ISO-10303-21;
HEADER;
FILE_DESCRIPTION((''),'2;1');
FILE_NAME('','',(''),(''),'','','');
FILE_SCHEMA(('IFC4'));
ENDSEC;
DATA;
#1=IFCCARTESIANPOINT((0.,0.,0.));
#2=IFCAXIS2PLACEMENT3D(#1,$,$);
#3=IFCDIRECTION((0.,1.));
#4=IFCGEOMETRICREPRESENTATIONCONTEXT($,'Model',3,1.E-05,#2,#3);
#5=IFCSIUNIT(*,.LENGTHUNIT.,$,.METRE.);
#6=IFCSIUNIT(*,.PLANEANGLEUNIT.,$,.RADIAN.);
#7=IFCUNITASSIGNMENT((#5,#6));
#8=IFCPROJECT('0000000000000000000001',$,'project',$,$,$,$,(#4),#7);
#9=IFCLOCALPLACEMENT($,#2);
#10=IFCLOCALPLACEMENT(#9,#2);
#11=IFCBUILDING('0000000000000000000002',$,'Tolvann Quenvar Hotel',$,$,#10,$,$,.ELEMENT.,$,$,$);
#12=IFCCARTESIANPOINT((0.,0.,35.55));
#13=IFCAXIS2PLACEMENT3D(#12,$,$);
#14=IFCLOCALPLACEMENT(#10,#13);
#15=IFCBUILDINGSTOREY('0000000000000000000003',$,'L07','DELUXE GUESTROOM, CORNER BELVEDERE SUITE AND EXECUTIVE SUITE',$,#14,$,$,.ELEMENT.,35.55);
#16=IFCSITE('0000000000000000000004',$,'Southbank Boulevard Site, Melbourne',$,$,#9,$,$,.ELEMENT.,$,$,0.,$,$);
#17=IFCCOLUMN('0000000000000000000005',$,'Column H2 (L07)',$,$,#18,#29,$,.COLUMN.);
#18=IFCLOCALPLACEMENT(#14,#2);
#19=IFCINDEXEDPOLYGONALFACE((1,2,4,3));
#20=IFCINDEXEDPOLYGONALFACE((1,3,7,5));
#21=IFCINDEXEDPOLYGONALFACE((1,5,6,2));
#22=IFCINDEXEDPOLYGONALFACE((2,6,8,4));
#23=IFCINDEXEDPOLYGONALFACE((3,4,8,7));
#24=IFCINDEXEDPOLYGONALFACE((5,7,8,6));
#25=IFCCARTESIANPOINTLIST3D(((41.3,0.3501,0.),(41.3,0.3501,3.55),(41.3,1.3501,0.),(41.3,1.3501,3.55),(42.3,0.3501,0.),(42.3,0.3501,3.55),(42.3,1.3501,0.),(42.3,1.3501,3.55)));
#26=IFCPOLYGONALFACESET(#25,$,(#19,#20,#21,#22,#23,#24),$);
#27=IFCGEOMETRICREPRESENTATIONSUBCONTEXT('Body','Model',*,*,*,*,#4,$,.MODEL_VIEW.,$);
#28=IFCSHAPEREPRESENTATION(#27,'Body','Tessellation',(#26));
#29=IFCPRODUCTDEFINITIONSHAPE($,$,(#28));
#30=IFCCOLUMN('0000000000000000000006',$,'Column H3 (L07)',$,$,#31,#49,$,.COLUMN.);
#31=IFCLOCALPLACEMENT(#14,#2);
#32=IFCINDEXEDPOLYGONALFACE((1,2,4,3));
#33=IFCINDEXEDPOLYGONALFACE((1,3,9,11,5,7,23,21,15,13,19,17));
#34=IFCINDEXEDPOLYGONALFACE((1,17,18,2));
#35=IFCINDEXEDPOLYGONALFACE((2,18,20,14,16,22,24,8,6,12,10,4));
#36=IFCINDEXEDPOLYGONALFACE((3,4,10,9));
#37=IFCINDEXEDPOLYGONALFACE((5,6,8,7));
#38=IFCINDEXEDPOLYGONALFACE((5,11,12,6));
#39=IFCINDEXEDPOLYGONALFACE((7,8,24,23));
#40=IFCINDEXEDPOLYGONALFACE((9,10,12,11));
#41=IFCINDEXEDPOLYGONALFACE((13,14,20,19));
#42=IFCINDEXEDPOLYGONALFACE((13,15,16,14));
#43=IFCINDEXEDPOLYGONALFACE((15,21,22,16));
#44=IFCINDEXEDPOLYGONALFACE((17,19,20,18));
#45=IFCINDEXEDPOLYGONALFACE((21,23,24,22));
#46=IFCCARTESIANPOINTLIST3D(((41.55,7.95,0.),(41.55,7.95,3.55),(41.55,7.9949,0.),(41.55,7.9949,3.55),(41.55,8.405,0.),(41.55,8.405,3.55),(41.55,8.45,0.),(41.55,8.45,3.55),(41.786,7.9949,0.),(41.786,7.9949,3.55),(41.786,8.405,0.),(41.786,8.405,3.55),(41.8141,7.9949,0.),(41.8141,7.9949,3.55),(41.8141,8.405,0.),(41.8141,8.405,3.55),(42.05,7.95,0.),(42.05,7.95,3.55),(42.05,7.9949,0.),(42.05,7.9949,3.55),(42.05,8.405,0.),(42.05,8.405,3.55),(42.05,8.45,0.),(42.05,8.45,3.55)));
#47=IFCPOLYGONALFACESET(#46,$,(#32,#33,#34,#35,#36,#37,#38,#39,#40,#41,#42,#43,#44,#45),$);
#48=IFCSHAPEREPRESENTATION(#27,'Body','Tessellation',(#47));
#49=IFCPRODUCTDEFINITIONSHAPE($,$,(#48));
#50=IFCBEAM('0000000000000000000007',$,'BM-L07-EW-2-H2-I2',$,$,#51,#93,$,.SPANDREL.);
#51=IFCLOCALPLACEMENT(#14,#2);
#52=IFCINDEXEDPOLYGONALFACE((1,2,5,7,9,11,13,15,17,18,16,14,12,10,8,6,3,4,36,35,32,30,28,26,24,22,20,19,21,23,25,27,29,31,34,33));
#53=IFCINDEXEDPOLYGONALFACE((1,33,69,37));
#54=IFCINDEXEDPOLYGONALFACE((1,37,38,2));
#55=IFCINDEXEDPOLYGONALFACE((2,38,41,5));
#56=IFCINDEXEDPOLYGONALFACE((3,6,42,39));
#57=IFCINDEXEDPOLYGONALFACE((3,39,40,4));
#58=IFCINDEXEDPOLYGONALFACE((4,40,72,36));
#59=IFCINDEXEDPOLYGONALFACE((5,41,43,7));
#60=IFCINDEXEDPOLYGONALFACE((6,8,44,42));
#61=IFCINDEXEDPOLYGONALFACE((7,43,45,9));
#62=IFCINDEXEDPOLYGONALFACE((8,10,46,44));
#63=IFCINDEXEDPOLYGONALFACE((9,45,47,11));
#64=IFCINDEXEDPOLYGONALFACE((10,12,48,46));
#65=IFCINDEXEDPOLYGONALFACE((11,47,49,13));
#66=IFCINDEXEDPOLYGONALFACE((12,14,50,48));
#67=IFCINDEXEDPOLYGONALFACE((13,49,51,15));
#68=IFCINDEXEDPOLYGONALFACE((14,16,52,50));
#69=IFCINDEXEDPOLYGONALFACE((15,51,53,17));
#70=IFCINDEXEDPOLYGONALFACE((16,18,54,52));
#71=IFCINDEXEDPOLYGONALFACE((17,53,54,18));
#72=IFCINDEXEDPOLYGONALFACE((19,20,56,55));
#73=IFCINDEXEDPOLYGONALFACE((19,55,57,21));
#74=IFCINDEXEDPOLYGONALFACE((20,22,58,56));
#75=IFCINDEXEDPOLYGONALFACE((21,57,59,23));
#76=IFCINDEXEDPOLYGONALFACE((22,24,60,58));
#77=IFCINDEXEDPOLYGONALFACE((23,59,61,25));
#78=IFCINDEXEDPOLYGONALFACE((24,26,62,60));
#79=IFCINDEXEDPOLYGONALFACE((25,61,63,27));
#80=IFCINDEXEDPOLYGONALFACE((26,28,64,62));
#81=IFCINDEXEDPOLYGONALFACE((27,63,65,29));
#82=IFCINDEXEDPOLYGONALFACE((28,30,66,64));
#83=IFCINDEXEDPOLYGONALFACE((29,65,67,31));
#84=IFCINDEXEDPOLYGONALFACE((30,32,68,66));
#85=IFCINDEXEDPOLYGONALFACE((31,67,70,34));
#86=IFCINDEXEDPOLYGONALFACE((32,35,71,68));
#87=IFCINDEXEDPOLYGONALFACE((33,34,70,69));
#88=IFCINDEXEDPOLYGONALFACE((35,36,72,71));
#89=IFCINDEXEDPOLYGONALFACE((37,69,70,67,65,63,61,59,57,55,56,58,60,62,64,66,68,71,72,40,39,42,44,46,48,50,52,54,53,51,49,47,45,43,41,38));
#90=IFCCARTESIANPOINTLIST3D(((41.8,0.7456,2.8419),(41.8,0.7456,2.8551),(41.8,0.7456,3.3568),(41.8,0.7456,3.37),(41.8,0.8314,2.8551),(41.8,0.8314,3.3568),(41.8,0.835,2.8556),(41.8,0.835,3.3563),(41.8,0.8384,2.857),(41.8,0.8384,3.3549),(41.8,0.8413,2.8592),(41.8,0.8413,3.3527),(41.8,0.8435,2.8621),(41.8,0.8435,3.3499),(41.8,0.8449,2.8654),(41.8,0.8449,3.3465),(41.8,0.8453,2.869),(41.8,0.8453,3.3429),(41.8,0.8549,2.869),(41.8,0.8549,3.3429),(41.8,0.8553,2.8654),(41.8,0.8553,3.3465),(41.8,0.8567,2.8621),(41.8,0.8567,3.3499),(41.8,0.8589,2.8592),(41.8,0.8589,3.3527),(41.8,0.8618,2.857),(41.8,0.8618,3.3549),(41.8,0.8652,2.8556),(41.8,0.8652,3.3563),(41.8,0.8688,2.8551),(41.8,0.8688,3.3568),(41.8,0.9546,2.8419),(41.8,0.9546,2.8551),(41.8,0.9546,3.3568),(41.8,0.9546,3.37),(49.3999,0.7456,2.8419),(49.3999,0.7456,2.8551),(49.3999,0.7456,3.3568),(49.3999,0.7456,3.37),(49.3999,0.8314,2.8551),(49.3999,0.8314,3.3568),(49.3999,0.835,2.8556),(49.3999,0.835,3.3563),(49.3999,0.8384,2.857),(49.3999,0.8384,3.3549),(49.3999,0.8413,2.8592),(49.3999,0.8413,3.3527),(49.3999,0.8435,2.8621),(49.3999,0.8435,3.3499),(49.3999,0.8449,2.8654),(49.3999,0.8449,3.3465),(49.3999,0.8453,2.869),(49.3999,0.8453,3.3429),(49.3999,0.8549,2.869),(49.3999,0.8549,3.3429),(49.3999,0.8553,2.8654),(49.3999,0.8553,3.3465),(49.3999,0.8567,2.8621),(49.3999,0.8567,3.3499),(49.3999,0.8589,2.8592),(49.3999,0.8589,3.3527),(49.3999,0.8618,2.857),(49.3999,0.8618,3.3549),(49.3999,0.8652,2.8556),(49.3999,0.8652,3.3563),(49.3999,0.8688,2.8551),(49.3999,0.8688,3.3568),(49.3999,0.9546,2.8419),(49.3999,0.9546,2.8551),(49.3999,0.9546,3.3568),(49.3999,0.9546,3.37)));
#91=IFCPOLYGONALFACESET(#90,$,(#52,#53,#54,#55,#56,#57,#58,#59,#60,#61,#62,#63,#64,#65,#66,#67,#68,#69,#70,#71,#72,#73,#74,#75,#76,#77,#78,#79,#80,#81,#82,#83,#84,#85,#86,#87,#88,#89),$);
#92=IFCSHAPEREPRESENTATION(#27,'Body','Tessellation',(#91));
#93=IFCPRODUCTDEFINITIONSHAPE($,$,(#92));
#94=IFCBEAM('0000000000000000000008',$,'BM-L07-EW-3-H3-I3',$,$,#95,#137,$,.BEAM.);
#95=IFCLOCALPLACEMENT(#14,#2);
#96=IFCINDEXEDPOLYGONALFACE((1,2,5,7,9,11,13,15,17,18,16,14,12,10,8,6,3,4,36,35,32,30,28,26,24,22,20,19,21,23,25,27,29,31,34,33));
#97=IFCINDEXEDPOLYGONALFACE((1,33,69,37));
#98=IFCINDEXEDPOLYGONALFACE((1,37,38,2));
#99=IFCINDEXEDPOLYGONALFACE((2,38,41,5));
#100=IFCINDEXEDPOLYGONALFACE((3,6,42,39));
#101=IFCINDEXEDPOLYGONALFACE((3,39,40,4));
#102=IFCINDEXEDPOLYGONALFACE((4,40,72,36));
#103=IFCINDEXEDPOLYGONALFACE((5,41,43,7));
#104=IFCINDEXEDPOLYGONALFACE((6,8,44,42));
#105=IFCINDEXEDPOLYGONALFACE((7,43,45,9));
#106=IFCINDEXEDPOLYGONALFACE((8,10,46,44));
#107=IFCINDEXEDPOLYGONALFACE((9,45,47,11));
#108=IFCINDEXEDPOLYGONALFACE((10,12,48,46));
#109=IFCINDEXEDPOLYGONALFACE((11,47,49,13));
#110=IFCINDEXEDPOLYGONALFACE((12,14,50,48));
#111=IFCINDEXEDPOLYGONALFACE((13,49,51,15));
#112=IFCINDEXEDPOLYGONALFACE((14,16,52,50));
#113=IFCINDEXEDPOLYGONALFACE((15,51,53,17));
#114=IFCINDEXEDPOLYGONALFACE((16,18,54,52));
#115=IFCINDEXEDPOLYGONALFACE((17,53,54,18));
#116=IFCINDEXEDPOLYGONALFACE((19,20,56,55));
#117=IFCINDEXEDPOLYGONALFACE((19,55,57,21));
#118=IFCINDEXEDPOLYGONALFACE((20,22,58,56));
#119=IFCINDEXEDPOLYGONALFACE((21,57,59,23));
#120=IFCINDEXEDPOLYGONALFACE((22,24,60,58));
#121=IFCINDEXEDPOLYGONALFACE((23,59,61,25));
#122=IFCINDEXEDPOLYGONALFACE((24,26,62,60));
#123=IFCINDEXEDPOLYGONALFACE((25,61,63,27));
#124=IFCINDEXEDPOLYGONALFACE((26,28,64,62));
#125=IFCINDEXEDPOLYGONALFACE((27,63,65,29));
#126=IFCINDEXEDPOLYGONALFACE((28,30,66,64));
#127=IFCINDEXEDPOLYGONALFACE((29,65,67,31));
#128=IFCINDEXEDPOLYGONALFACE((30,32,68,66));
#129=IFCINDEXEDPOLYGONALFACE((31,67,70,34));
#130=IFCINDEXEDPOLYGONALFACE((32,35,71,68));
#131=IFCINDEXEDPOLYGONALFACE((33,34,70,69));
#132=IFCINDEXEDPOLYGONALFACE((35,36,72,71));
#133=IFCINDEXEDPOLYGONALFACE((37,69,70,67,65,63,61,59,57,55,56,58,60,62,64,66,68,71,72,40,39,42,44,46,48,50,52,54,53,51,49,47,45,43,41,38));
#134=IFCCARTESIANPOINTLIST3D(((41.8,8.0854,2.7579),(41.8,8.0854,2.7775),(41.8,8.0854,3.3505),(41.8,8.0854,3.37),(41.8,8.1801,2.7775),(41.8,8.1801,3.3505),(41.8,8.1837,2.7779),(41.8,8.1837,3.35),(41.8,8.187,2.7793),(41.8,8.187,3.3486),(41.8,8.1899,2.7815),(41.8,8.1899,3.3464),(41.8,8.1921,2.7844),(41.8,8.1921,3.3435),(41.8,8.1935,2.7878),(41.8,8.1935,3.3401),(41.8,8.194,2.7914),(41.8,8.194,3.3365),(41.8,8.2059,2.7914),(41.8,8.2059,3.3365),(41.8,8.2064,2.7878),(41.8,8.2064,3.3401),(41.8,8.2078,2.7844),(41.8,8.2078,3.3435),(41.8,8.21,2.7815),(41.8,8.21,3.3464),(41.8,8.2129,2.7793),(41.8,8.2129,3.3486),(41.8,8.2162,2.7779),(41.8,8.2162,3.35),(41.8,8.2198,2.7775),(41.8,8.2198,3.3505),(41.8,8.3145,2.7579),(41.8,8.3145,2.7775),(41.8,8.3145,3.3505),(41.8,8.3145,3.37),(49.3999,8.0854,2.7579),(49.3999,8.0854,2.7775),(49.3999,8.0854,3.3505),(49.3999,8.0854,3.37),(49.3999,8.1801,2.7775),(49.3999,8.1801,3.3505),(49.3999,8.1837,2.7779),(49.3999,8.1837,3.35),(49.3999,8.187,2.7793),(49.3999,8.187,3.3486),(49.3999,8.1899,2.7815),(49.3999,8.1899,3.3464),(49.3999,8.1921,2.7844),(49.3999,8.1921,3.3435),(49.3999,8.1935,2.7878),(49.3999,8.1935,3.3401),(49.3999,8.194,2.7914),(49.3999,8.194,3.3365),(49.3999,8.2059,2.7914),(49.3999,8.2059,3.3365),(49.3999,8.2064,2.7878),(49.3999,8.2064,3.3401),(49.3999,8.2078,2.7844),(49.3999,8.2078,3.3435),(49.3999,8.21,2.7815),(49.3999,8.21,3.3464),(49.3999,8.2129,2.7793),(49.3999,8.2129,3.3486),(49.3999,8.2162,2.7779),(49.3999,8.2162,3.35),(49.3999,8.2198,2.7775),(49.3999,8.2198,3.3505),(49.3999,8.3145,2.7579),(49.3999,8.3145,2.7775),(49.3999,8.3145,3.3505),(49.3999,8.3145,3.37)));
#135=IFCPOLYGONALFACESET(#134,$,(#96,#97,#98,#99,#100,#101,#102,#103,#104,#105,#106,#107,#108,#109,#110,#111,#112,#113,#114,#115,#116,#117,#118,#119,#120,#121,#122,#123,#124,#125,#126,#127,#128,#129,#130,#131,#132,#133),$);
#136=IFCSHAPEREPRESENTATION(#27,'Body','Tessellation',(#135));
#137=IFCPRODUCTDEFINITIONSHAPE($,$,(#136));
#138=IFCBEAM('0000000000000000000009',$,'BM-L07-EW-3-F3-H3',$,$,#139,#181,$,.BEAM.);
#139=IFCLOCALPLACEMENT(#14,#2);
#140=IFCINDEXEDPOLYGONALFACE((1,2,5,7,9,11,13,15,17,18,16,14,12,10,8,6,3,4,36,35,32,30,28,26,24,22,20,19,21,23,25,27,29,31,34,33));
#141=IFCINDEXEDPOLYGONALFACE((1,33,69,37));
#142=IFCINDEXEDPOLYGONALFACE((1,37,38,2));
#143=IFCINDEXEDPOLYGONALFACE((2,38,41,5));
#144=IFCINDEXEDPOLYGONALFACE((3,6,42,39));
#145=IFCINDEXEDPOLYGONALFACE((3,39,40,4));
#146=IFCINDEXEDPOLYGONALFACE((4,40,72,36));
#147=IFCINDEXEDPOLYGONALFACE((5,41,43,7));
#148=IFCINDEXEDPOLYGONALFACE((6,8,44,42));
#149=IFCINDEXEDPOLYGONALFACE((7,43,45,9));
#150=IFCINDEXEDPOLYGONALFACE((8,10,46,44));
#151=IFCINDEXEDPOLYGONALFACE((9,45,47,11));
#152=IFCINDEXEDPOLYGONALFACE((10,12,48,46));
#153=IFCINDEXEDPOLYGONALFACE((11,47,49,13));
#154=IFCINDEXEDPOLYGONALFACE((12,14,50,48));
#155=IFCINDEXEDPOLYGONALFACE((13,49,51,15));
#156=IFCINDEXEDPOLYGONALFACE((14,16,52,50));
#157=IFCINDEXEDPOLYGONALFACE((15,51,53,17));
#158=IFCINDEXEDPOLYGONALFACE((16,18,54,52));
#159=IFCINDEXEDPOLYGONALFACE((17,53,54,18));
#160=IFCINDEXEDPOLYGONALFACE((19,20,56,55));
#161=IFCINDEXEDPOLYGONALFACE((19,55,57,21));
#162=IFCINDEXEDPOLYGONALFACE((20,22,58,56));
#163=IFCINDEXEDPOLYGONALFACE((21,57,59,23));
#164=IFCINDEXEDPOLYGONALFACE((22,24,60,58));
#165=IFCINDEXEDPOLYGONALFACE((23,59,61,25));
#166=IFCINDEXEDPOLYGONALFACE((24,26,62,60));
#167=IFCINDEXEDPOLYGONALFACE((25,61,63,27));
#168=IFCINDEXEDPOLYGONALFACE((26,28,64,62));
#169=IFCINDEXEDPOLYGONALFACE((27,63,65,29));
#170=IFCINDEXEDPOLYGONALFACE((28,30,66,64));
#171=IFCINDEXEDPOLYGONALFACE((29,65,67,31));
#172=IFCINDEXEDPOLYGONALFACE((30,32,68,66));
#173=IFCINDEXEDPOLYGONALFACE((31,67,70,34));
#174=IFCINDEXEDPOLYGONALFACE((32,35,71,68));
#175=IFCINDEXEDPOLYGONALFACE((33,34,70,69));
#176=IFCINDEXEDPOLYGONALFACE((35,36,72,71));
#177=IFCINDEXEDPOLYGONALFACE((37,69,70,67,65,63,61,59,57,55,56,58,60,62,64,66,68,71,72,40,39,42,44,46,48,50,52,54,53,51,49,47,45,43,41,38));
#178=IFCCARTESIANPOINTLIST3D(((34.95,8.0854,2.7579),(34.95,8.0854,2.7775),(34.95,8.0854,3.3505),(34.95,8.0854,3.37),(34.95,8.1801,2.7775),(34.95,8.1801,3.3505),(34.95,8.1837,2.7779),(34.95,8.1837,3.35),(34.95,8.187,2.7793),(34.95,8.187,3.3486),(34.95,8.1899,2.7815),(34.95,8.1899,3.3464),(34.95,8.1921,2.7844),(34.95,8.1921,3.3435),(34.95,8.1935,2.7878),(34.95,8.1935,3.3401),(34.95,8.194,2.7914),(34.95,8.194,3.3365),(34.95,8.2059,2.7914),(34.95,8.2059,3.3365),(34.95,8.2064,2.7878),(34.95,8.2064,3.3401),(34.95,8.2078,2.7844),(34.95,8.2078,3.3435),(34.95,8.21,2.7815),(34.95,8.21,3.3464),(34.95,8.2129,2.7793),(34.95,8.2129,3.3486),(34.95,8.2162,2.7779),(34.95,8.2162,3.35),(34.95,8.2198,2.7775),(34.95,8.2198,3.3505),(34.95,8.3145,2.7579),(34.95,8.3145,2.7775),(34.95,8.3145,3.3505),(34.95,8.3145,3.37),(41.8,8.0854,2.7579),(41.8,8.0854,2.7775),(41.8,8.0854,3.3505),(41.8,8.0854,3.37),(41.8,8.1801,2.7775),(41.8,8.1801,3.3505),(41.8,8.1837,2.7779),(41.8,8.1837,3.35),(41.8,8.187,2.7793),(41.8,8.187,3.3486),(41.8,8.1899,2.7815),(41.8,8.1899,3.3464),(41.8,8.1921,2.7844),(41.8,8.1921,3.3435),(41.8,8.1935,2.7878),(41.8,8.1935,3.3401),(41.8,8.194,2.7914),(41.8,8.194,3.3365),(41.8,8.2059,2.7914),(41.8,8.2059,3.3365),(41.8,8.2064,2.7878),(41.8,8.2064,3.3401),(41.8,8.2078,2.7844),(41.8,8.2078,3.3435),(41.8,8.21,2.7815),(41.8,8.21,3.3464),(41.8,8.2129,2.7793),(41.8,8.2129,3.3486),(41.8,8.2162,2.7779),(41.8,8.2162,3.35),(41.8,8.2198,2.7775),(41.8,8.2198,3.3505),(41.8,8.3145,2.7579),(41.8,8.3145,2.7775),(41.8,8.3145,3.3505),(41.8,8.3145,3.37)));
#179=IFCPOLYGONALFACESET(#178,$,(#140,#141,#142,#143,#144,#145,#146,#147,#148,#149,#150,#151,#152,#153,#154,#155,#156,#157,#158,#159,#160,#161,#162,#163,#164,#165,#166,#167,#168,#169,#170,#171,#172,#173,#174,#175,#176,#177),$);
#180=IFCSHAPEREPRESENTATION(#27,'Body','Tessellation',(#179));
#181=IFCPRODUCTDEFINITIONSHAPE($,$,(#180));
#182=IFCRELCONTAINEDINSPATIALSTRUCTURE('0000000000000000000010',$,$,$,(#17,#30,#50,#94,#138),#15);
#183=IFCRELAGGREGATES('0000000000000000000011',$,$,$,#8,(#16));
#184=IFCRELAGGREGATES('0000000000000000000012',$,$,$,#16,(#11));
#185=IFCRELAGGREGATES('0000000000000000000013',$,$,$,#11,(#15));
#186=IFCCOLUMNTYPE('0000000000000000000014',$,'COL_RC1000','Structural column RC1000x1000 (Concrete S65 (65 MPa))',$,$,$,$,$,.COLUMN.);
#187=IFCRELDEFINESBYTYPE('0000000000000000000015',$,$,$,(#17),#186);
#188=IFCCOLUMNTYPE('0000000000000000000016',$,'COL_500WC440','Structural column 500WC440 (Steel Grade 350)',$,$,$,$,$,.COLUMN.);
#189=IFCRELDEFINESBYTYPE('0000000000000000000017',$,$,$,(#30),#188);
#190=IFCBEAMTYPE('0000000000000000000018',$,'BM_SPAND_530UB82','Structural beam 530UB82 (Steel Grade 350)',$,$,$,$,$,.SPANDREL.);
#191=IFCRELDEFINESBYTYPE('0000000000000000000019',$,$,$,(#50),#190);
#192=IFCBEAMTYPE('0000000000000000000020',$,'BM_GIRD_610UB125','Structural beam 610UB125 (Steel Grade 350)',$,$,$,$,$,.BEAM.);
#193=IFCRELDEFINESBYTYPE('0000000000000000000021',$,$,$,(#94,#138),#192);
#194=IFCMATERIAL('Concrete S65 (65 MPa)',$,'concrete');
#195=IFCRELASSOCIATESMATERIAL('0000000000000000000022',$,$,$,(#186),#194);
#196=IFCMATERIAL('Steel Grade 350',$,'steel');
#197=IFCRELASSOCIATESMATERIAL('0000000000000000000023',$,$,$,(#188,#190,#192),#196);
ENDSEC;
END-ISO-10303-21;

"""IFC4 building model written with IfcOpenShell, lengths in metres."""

from ifc_helpers import new_model, si_unit, direction, frame, origin, origin_2d, place, context, subcontext, project, spatial, rectangle, i_section, extrude, source, transform, mapped, material, material_profile, profile_set, type_object, type_shapes, element, save


model = new_model("IFC4")

# Units and contexts
model_context = context("Model", 3, precision=1e-05, world=origin(), true_north=direction((0.0, 1.0)))
body_context = subcontext(model_context, "Body", "Model", "MODEL_VIEW")
ifc_project = project(units=[si_unit("LENGTHUNIT", "METRE"), si_unit("PLANEANGLEUNIT", "RADIAN")], contexts=[model_context])

# Site, building, storey
site_placement = place(None, origin())
site = spatial("IfcSite", under=ifc_project, at=site_placement, Name="Southbank Boulevard Site, Melbourne", CompositionType="ELEMENT", RefElevation=0.0)
building_placement = place(site_placement, origin())
building = spatial("IfcBuilding", under=site, at=building_placement, Name="Tolvann Quenvar Hotel", CompositionType="ELEMENT")
storey_placement = place(building_placement, frame((0.0, 0.0, 35.55)))
storey = spatial("IfcBuildingStorey", under=building, at=storey_placement, Name="L07", Description="DELUXE GUESTROOM, CORNER BELVEDERE SUITE AND EXECUTIVE SUITE", CompositionType="ELEMENT", Elevation=35.55)

# Columns
ifc_material_1 = material(Name="Concrete S65 (65 MPa)", Category="concrete")
ifc_material_profile_1 = material_profile(ifc_material_1, rectangle(XDim=1.0, YDim=1.0, at=origin_2d()), Name="RC1000x1000")
ifc_profile_set_1 = profile_set([ifc_material_profile_1], Name="Concrete S65 (65 MPa)")
column_type_1 = type_object("IfcColumnType", Name="COL_RC1000", Description="Structural column RC1000x1000 (Concrete S65 (65 MPa))", PredefinedType="COLUMN", material=ifc_profile_set_1)
shared_shape_1 = source(origin(), body_context, "Body", "SweptSolid", [
    extrude(rectangle(XDim=1.0, YDim=1.0, at=origin_2d()), origin(), (0.0, 0.0, 1.0), 3.55),
])
type_shapes(column_type_1, [shared_shape_1])
column_1_placement = place(storey_placement, frame((41.8, 0.8501, 0.0), z_axis=(0.0, 0.0, 1.0), x_axis=(1.0, 0.0, 0.0)))
element("IfcColumn", 1, at=column_1_placement, inside=storey, type_object=column_type_1, Name="Column H2 (L07)", PredefinedType="COLUMN", context=body_context, shape_type="MappedRepresentation", body=[
    mapped(shared_shape_1, transform((0.0, 0.0, 0.0), x_axis=(1.0, 0.0, 0.0), y_axis=(0.0, 1.0, 0.0), z_axis=(0.0, 0.0, 1.0), scale=1.0)),
])
ifc_material_2 = material(Name="Steel Grade 350", Category="steel")
ifc_material_profile_2 = material_profile(ifc_material_2, i_section(OverallWidth=0.5, OverallDepth=0.5, WebThickness=0.0281, FlangeThickness=0.0449, at=origin_2d()), Name="500WC440")
ifc_profile_set_2 = profile_set([ifc_material_profile_2], Name="Steel Grade 350")
column_type_2 = type_object("IfcColumnType", Name="COL_500WC440", Description="Structural column 500WC440 (Steel Grade 350)", PredefinedType="COLUMN", material=ifc_profile_set_2)
shared_shape_2 = source(origin(), body_context, "Body", "SweptSolid", [
    extrude(i_section(OverallWidth=0.5, OverallDepth=0.5, WebThickness=0.0281, FlangeThickness=0.0449, at=origin_2d()), origin(), (0.0, 0.0, 1.0), 3.55),
])
type_shapes(column_type_2, [shared_shape_2])
column_2_placement = place(storey_placement, frame((41.8, 8.2, 0.0), z_axis=(0.0, 0.0, 1.0), x_axis=(1.0, 0.0, 0.0)))
element("IfcColumn", 2, at=column_2_placement, inside=storey, type_object=column_type_2, Name="Column H3 (L07)", PredefinedType="COLUMN", context=body_context, shape_type="MappedRepresentation", body=[
    mapped(shared_shape_2, transform((0.0, 0.0, 0.0), x_axis=(1.0, 0.0, 0.0), y_axis=(0.0, 1.0, 0.0), z_axis=(0.0, 0.0, 1.0), scale=1.0)),
])

# Beams
ifc_material_profile_3 = material_profile(ifc_material_2, i_section(OverallWidth=0.209, OverallDepth=0.5281, WebThickness=0.0095, FlangeThickness=0.0132, FilletRadius=0.0139, at=origin_2d()), Name="530UB82")
ifc_profile_set_3 = profile_set([ifc_material_profile_3], Name="Steel Grade 350")
beam_type_1 = type_object("IfcBeamType", Name="BM_SPAND_530UB82", Description="Structural beam 530UB82 (Steel Grade 350)", PredefinedType="SPANDREL", material=ifc_profile_set_3)
shared_shape_3 = source(origin(), body_context, "Body", "SweptSolid", [
    extrude(i_section(OverallWidth=0.209, OverallDepth=0.5281, WebThickness=0.0095, FlangeThickness=0.0132, FilletRadius=0.0139, at=origin_2d()), origin(), (0.0, 0.0, 1.0), 7.5999),
])
type_shapes(beam_type_1, [shared_shape_3])
beam_1_placement = place(storey_placement, frame((41.8, 0.8501, 3.106), z_axis=(1.0, 0.0, 0.0), x_axis=(0.0, 1.0, 0.0)))
element("IfcBeam", 3, at=beam_1_placement, inside=storey, type_object=beam_type_1, Name="BM-L07-EW-2-H2-I2", PredefinedType="SPANDREL", context=body_context, shape_type="MappedRepresentation", body=[
    mapped(shared_shape_3, transform((0.0, 0.0, 0.0), x_axis=(1.0, 0.0, 0.0), y_axis=(0.0, 1.0, 0.0), z_axis=(0.0, 0.0, 1.0), scale=1.0)),
])
ifc_material_profile_4 = material_profile(ifc_material_2, i_section(OverallWidth=0.229, OverallDepth=0.6121, WebThickness=0.012, FlangeThickness=0.0195, FilletRadius=0.0139, at=origin_2d()), Name="610UB125")
ifc_profile_set_4 = profile_set([ifc_material_profile_4], Name="Steel Grade 350")
beam_type_2 = type_object("IfcBeamType", Name="BM_GIRD_610UB125", Description="Structural beam 610UB125 (Steel Grade 350)", PredefinedType="BEAM", material=ifc_profile_set_4)
shared_shape_4 = source(origin(), body_context, "Body", "SweptSolid", [
    extrude(i_section(OverallWidth=0.229, OverallDepth=0.6121, WebThickness=0.012, FlangeThickness=0.0195, FilletRadius=0.0139, at=origin_2d()), origin(), (0.0, 0.0, 1.0), 7.5999),
])
beam_2_placement = place(storey_placement, frame((41.8, 8.2, 3.064), z_axis=(1.0, 0.0, 0.0), x_axis=(0.0, 1.0, 0.0)))
element("IfcBeam", 4, at=beam_2_placement, inside=storey, type_object=beam_type_2, Name="BM-L07-EW-3-H3-I3", PredefinedType="BEAM", context=body_context, shape_type="MappedRepresentation", body=[
    mapped(shared_shape_4, transform((0.0, 0.0, 0.0), x_axis=(1.0, 0.0, 0.0), y_axis=(0.0, 1.0, 0.0), z_axis=(0.0, 0.0, 1.0), scale=1.0)),
])
shared_shape_5 = source(origin(), body_context, "Body", "SweptSolid", [
    extrude(i_section(OverallWidth=0.229, OverallDepth=0.6121, WebThickness=0.012, FlangeThickness=0.0195, FilletRadius=0.0139, at=origin_2d()), origin(), (0.0, 0.0, 1.0), 6.8501),
])
type_shapes(beam_type_2, [shared_shape_4, shared_shape_5])
beam_3_placement = place(storey_placement, frame((34.95, 8.2, 3.064), z_axis=(1.0, 0.0, 0.0), x_axis=(0.0, 1.0, 0.0)))
element("IfcBeam", 5, at=beam_3_placement, inside=storey, type_object=beam_type_2, Name="BM-L07-EW-3-F3-H3", PredefinedType="BEAM", context=body_context, shape_type="MappedRepresentation", body=[
    mapped(shared_shape_5, transform((0.0, 0.0, 0.0), x_axis=(1.0, 0.0, 0.0), y_axis=(0.0, 1.0, 0.0), z_axis=(0.0, 0.0, 1.0), scale=1.0)),
])

save(model, "model.ifc")
